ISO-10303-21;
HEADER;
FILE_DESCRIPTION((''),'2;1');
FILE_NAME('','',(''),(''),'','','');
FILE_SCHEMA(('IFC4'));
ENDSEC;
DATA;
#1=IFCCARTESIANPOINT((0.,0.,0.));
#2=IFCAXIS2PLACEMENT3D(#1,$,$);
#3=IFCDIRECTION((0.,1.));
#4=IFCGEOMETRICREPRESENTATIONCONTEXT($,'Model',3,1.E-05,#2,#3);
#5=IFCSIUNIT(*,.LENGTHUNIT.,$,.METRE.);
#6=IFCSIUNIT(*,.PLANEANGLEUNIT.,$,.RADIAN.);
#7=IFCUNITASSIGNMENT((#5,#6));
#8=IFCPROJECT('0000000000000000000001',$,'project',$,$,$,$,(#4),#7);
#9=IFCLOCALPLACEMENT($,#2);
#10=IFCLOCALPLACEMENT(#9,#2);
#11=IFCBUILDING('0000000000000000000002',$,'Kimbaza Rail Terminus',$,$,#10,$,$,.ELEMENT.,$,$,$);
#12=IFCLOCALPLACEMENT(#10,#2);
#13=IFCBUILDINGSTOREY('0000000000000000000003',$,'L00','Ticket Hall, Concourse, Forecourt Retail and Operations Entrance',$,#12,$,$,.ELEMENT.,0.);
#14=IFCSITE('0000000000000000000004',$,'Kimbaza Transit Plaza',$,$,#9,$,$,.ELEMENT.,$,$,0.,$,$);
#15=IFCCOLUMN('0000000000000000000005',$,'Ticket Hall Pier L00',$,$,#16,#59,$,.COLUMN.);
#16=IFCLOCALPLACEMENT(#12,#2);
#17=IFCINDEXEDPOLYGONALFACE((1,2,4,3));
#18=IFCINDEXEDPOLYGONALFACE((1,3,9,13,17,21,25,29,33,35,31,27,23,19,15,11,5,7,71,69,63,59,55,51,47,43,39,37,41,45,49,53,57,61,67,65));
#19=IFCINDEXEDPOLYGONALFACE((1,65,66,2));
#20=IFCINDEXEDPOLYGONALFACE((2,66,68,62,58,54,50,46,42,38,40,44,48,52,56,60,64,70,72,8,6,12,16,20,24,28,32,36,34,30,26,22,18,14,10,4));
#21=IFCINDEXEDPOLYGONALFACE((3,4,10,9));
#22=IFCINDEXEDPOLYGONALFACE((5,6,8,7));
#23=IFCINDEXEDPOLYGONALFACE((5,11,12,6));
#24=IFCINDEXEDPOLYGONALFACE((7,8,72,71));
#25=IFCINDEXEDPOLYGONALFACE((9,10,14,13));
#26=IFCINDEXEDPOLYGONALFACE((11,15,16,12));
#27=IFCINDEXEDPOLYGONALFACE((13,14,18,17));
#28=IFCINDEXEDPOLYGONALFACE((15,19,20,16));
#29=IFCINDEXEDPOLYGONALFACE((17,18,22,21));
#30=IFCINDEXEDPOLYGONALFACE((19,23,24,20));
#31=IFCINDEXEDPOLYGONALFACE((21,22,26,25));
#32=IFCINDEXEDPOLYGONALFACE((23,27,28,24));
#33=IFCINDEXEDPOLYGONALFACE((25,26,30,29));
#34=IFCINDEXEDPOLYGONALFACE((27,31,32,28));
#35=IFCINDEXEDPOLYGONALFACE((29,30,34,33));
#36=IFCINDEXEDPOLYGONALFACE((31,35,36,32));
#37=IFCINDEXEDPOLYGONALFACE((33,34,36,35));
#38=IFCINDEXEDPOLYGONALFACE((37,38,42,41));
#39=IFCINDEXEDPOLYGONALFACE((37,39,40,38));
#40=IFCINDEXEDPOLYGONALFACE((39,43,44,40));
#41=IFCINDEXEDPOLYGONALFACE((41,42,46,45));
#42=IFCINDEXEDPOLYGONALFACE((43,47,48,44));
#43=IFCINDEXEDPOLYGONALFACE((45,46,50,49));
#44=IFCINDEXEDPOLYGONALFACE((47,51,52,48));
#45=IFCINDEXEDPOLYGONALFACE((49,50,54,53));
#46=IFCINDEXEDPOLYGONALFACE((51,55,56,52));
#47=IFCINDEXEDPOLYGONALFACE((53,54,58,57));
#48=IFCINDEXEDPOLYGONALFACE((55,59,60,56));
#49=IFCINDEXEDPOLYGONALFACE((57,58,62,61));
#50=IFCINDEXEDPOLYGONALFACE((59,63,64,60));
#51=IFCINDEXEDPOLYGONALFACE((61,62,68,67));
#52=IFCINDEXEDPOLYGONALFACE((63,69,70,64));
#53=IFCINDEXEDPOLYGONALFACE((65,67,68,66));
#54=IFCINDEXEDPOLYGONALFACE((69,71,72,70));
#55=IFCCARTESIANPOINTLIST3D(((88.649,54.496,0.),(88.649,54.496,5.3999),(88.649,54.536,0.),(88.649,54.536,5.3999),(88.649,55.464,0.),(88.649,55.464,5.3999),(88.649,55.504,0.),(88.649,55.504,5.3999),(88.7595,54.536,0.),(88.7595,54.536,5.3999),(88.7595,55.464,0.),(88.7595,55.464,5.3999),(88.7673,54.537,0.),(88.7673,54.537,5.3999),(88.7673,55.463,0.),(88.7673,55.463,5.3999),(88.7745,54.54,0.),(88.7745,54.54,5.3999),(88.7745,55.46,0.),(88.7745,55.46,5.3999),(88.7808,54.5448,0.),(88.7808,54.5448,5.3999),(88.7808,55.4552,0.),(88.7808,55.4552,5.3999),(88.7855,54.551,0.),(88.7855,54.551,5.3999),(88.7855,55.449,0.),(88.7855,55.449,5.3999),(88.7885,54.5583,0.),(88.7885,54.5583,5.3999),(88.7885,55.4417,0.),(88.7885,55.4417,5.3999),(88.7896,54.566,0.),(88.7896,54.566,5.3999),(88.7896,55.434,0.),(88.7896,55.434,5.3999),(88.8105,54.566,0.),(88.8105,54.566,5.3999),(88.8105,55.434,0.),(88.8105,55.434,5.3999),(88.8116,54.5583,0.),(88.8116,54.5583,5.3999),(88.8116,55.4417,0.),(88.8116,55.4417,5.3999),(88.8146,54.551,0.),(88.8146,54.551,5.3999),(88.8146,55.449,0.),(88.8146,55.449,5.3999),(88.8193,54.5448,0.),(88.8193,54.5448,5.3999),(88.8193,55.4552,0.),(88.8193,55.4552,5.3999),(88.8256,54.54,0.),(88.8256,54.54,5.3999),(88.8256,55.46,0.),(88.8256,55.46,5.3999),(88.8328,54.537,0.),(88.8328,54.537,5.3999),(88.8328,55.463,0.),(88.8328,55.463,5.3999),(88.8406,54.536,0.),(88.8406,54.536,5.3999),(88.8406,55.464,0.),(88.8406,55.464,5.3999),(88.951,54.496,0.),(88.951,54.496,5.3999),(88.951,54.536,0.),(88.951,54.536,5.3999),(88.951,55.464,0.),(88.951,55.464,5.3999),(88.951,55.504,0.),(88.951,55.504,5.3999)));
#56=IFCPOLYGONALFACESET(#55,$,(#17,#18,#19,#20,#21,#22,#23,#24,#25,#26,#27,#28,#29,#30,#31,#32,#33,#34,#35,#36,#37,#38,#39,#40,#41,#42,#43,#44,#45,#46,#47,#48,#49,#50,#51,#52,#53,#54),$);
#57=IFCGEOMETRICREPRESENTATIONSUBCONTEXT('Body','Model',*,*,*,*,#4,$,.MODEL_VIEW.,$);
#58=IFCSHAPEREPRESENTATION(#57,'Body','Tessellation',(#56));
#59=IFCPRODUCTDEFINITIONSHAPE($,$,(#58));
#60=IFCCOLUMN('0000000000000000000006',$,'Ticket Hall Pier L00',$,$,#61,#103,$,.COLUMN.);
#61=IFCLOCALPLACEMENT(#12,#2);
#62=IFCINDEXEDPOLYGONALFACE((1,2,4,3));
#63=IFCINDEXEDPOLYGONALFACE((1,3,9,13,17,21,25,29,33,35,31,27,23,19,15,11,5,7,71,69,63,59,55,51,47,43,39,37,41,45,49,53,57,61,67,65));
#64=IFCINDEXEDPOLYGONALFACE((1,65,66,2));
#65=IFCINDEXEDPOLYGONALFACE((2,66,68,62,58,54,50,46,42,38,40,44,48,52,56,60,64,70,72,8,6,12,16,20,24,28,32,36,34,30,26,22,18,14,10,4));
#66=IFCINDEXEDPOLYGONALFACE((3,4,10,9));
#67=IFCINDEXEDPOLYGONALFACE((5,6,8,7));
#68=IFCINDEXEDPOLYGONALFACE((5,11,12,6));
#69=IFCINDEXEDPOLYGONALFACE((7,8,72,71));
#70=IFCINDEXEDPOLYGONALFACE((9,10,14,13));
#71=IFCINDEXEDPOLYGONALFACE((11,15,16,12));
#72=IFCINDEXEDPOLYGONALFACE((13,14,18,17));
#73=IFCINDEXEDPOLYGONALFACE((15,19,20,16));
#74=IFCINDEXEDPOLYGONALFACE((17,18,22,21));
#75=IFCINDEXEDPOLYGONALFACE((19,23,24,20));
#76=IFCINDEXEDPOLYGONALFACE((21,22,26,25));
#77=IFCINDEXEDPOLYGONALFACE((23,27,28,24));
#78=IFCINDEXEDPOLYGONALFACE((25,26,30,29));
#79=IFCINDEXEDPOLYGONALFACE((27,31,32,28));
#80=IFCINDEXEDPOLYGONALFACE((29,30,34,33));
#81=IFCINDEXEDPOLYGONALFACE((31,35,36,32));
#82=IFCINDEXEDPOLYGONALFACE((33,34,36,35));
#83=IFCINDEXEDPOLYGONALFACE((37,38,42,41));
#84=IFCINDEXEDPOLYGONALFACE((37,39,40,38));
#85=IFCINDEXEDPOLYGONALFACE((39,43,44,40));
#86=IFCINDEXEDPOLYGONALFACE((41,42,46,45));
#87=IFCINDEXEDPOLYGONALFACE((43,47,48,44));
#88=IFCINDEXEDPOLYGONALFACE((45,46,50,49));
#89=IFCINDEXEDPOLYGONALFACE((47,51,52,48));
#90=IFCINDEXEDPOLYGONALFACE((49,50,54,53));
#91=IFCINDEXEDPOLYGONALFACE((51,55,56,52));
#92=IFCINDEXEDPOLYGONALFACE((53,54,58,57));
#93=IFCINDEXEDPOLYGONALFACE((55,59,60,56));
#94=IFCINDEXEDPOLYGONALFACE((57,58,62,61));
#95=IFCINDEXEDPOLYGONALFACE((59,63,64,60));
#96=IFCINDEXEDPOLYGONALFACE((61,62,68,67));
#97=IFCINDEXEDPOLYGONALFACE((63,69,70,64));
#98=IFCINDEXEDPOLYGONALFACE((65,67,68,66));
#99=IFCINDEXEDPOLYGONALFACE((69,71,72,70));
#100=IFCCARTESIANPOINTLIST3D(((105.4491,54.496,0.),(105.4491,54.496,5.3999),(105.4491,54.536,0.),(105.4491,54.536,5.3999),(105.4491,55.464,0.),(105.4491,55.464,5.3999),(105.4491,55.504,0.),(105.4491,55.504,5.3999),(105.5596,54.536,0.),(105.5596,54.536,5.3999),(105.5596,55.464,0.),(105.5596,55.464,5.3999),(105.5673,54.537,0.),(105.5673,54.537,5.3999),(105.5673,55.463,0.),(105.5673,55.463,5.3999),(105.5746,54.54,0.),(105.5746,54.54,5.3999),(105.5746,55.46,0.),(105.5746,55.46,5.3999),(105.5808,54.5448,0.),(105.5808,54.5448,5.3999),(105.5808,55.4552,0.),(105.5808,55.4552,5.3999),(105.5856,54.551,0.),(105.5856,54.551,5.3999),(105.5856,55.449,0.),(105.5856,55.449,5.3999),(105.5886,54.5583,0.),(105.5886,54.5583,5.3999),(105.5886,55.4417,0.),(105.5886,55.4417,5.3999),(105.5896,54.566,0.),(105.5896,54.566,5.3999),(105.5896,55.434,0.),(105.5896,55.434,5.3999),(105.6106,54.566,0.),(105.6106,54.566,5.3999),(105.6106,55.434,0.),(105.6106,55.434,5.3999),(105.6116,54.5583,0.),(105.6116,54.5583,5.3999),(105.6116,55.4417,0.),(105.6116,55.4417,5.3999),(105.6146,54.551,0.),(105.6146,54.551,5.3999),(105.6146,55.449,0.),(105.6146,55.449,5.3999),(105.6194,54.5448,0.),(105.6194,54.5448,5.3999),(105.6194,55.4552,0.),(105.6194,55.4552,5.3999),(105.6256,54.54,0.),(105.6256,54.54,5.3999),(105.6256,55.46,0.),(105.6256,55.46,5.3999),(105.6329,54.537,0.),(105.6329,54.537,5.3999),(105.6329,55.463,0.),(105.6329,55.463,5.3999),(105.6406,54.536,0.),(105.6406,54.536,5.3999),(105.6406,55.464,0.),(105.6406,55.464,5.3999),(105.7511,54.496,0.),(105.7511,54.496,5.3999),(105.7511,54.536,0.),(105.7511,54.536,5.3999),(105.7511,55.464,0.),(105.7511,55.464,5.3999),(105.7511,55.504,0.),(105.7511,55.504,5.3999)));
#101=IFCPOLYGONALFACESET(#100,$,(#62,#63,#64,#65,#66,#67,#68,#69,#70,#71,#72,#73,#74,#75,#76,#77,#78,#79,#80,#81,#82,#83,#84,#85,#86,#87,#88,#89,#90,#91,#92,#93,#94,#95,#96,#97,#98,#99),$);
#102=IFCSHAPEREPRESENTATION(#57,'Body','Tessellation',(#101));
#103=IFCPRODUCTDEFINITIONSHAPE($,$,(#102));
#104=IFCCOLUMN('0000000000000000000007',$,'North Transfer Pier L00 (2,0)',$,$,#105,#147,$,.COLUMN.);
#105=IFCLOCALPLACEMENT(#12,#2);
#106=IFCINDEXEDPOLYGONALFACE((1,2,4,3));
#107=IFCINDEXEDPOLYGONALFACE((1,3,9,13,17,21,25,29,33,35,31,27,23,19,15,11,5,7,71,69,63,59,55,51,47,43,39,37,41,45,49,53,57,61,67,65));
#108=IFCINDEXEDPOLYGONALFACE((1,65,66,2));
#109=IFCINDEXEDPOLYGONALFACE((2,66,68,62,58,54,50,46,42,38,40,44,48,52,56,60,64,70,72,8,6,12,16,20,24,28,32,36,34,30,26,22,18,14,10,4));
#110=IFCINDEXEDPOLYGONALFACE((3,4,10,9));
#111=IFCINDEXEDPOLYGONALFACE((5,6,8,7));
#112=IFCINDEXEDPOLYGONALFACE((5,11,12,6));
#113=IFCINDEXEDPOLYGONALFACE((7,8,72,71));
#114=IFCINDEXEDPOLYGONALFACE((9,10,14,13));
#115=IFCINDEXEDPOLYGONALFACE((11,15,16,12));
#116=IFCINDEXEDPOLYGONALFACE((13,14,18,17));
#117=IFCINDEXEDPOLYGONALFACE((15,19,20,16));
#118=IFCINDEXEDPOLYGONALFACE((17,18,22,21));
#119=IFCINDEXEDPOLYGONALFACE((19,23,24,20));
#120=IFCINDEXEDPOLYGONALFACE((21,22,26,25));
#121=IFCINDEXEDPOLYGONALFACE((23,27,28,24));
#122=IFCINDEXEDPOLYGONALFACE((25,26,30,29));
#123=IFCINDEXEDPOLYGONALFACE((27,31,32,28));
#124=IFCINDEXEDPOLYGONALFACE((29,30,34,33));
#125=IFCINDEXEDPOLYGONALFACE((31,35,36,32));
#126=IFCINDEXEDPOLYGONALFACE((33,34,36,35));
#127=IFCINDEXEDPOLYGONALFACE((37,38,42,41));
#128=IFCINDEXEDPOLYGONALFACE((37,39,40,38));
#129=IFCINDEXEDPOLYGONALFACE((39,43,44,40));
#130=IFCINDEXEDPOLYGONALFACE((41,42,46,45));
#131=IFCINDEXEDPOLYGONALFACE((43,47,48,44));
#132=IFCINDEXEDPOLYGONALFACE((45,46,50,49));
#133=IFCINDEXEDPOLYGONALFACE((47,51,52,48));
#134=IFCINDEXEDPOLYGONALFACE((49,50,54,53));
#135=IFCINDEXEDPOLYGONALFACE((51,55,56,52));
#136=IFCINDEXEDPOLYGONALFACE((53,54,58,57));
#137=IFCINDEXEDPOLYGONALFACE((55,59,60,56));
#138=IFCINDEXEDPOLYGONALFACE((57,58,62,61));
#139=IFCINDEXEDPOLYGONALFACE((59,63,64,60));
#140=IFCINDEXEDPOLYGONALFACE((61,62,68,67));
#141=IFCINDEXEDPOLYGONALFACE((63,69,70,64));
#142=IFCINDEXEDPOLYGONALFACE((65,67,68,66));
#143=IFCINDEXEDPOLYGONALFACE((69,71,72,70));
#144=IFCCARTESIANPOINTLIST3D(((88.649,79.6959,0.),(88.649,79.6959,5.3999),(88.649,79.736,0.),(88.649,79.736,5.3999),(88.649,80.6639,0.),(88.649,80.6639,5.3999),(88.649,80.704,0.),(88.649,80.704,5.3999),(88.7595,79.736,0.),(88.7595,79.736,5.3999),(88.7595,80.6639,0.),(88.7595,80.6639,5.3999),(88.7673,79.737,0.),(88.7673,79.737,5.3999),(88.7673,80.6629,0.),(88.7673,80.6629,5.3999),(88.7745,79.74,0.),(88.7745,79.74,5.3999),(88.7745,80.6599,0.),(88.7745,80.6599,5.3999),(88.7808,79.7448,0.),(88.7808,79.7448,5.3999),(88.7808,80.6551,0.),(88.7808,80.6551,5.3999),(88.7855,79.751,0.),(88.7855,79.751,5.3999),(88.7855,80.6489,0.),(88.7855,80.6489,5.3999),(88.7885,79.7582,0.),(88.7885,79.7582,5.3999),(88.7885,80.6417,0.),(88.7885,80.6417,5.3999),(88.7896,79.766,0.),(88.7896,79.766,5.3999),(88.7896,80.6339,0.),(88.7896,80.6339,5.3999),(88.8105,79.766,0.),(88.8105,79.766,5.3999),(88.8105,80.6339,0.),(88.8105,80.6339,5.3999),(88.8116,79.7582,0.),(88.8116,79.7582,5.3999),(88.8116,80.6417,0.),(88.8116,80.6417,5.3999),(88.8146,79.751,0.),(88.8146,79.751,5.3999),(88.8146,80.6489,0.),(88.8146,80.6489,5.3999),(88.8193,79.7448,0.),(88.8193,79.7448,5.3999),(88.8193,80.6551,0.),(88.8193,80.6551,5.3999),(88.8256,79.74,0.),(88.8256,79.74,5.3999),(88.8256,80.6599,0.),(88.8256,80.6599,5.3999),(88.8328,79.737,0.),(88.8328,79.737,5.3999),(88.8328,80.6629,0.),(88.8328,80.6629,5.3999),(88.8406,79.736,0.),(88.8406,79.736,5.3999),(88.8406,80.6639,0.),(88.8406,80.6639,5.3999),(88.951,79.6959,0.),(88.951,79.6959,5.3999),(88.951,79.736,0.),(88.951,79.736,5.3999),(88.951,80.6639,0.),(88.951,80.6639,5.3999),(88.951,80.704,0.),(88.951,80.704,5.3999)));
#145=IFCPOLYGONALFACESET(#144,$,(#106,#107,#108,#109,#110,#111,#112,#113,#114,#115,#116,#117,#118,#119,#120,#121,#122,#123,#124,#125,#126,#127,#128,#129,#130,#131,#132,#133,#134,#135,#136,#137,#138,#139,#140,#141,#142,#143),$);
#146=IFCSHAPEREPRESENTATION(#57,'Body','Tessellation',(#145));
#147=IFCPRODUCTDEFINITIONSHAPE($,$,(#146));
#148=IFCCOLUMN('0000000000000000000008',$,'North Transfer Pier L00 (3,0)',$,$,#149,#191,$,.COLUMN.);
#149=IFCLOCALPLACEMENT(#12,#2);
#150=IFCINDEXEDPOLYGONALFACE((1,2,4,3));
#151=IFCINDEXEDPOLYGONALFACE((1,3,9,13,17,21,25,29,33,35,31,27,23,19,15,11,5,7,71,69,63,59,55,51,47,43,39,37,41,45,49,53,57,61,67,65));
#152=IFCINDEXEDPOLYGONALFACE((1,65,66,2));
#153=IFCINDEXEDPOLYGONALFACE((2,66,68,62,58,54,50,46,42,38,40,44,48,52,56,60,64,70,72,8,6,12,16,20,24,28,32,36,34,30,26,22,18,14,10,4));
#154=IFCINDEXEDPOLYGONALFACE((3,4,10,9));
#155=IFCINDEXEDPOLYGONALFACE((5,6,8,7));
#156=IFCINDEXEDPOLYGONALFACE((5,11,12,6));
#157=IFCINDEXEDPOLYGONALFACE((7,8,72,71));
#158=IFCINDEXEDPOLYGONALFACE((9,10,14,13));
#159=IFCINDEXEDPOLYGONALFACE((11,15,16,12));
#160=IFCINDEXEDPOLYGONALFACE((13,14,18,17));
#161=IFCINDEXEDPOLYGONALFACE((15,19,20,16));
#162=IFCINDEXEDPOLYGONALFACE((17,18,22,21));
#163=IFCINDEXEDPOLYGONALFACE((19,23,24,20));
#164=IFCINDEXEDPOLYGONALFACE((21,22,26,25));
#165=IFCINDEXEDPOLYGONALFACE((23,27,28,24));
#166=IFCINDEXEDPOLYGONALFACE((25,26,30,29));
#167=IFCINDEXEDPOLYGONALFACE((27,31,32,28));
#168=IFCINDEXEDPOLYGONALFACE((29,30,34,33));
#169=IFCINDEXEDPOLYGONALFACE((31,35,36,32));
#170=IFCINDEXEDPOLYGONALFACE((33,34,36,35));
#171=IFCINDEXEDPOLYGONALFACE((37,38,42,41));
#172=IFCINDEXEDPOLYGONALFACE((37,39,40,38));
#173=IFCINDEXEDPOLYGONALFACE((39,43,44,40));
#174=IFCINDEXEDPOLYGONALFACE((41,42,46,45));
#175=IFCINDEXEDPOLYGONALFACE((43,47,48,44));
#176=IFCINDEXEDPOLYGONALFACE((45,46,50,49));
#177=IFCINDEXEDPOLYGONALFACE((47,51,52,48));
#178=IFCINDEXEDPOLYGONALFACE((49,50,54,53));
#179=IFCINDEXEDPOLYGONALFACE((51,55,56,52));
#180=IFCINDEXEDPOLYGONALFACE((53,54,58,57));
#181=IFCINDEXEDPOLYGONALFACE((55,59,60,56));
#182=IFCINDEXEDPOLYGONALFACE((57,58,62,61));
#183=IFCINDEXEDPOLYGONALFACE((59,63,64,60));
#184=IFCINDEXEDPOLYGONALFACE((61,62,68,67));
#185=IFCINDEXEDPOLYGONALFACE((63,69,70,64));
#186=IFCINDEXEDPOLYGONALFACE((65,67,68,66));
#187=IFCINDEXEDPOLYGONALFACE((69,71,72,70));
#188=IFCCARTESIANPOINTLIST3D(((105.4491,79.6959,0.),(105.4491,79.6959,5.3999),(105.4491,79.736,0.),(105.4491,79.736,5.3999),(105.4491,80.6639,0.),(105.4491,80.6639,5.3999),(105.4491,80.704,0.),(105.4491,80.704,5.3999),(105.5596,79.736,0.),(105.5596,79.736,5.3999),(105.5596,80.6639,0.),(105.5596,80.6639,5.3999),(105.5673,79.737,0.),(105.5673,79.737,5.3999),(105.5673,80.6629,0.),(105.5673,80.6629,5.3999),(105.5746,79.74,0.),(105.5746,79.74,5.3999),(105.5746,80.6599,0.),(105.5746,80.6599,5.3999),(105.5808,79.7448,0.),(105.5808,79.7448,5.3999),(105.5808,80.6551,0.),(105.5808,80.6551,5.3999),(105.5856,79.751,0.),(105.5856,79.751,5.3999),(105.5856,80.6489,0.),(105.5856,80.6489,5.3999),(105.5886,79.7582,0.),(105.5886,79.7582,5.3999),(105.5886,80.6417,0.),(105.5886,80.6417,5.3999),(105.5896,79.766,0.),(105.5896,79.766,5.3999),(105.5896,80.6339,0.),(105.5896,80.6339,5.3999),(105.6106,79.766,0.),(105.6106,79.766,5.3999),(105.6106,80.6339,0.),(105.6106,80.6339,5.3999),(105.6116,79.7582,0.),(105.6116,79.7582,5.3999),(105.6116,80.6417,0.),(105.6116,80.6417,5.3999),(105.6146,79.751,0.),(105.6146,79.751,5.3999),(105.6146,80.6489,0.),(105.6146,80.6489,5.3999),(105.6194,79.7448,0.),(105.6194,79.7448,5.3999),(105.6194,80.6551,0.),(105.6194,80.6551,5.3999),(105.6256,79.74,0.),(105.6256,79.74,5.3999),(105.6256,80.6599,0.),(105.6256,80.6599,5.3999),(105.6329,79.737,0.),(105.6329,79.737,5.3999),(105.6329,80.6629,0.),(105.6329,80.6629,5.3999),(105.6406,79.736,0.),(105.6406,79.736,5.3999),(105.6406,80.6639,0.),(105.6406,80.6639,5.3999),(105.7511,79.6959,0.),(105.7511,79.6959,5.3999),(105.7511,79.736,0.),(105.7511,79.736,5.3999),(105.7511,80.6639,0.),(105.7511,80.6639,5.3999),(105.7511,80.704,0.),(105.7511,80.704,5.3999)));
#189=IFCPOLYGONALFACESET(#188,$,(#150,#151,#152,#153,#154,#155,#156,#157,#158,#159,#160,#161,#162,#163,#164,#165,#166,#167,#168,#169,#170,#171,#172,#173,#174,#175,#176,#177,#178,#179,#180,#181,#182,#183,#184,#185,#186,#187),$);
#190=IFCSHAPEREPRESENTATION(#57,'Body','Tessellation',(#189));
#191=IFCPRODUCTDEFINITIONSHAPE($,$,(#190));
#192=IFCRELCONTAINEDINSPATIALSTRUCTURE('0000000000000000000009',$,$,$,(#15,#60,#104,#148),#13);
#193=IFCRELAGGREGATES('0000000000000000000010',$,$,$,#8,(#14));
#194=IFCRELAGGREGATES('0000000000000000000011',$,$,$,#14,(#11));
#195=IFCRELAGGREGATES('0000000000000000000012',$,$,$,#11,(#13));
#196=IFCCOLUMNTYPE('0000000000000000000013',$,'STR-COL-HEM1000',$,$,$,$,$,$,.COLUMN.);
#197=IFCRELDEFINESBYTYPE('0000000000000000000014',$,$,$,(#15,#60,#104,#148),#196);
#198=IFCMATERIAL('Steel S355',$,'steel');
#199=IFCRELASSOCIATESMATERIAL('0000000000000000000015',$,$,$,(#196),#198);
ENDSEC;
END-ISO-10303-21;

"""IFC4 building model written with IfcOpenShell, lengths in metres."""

from ifc_helpers import new_model, si_unit, direction, frame, origin, origin_2d, place, context, subcontext, project, spatial, i_section, extrude, material, material_profile, profile_set, type_object, element, save


model = new_model("IFC4")

# Units and contexts
model_context = context("Model", 3, precision=1e-05, world=origin(), true_north=direction((0.0, 1.0)))
body_context = subcontext(model_context, "Body", "Model", "MODEL_VIEW")
ifc_project = project(units=[si_unit("LENGTHUNIT", "METRE"), si_unit("PLANEANGLEUNIT", "RADIAN")], contexts=[model_context])

# Site, building, storey
site_placement = place(None, origin())
site = spatial("IfcSite", under=ifc_project, at=site_placement, Name="Kimbaza Transit Plaza", CompositionType="ELEMENT", RefElevation=0.0)
building_placement = place(site_placement, origin())
building = spatial("IfcBuilding", under=site, at=building_placement, Name="Kimbaza Rail Terminus", CompositionType="ELEMENT")
storey_placement = place(building_placement, origin())
storey = spatial("IfcBuildingStorey", under=building, at=storey_placement, Name="L00", Description="Ticket Hall, Concourse, Forecourt Retail and Operations Entrance", CompositionType="ELEMENT", Elevation=0.0)

# Columns
ifc_material_1 = material(Name="Steel S355", Category="steel")
ifc_material_profile_1 = material_profile(ifc_material_1, i_section(OverallWidth=0.302, OverallDepth=1.0081, WebThickness=0.021, FlangeThickness=0.04, FilletRadius=0.03, at=origin_2d()), Name="HEM 1000")
ifc_profile_set_1 = profile_set([ifc_material_profile_1], Name="Steel S355")
column_type = type_object("IfcColumnType", Name="STR-COL-HEM1000", PredefinedType="COLUMN", material=ifc_profile_set_1)
for number, where, z_axis, x_axis, name in (
    (1, (88.8, 55.0, 0.0), (0.0, 0.0, 1.0), (1.0, 0.0, 0.0), "Ticket Hall Pier L00"),
    (2, (105.6001, 55.0, 0.0), (0.0, 0.0, 1.0), (1.0, 0.0, 0.0), "Ticket Hall Pier L00"),
    (3, (88.8, 80.2, 0.0), (0.0, 0.0, 1.0), (1.0, 0.0, 0.0), "North Transfer Pier L00 (2,0)"),
    (4, (105.6001, 80.2, 0.0), (0.0, 0.0, 1.0), (1.0, 0.0, 0.0), "North Transfer Pier L00 (3,0)"),
):
    element("IfcColumn", number, at=place(storey_placement, frame(where, z_axis=z_axis, x_axis=x_axis)), inside=storey, type_object=column_type, Name=name, PredefinedType="COLUMN", context=body_context, shape_type="SweptSolid", body=[
        extrude(i_section(OverallWidth=0.302, OverallDepth=1.0081, WebThickness=0.021, FlangeThickness=0.04, FilletRadius=0.03, at=origin_2d()), origin(), (0.0, 0.0, 1.0), 5.3999),
    ])

save(model, "model.ifc")
